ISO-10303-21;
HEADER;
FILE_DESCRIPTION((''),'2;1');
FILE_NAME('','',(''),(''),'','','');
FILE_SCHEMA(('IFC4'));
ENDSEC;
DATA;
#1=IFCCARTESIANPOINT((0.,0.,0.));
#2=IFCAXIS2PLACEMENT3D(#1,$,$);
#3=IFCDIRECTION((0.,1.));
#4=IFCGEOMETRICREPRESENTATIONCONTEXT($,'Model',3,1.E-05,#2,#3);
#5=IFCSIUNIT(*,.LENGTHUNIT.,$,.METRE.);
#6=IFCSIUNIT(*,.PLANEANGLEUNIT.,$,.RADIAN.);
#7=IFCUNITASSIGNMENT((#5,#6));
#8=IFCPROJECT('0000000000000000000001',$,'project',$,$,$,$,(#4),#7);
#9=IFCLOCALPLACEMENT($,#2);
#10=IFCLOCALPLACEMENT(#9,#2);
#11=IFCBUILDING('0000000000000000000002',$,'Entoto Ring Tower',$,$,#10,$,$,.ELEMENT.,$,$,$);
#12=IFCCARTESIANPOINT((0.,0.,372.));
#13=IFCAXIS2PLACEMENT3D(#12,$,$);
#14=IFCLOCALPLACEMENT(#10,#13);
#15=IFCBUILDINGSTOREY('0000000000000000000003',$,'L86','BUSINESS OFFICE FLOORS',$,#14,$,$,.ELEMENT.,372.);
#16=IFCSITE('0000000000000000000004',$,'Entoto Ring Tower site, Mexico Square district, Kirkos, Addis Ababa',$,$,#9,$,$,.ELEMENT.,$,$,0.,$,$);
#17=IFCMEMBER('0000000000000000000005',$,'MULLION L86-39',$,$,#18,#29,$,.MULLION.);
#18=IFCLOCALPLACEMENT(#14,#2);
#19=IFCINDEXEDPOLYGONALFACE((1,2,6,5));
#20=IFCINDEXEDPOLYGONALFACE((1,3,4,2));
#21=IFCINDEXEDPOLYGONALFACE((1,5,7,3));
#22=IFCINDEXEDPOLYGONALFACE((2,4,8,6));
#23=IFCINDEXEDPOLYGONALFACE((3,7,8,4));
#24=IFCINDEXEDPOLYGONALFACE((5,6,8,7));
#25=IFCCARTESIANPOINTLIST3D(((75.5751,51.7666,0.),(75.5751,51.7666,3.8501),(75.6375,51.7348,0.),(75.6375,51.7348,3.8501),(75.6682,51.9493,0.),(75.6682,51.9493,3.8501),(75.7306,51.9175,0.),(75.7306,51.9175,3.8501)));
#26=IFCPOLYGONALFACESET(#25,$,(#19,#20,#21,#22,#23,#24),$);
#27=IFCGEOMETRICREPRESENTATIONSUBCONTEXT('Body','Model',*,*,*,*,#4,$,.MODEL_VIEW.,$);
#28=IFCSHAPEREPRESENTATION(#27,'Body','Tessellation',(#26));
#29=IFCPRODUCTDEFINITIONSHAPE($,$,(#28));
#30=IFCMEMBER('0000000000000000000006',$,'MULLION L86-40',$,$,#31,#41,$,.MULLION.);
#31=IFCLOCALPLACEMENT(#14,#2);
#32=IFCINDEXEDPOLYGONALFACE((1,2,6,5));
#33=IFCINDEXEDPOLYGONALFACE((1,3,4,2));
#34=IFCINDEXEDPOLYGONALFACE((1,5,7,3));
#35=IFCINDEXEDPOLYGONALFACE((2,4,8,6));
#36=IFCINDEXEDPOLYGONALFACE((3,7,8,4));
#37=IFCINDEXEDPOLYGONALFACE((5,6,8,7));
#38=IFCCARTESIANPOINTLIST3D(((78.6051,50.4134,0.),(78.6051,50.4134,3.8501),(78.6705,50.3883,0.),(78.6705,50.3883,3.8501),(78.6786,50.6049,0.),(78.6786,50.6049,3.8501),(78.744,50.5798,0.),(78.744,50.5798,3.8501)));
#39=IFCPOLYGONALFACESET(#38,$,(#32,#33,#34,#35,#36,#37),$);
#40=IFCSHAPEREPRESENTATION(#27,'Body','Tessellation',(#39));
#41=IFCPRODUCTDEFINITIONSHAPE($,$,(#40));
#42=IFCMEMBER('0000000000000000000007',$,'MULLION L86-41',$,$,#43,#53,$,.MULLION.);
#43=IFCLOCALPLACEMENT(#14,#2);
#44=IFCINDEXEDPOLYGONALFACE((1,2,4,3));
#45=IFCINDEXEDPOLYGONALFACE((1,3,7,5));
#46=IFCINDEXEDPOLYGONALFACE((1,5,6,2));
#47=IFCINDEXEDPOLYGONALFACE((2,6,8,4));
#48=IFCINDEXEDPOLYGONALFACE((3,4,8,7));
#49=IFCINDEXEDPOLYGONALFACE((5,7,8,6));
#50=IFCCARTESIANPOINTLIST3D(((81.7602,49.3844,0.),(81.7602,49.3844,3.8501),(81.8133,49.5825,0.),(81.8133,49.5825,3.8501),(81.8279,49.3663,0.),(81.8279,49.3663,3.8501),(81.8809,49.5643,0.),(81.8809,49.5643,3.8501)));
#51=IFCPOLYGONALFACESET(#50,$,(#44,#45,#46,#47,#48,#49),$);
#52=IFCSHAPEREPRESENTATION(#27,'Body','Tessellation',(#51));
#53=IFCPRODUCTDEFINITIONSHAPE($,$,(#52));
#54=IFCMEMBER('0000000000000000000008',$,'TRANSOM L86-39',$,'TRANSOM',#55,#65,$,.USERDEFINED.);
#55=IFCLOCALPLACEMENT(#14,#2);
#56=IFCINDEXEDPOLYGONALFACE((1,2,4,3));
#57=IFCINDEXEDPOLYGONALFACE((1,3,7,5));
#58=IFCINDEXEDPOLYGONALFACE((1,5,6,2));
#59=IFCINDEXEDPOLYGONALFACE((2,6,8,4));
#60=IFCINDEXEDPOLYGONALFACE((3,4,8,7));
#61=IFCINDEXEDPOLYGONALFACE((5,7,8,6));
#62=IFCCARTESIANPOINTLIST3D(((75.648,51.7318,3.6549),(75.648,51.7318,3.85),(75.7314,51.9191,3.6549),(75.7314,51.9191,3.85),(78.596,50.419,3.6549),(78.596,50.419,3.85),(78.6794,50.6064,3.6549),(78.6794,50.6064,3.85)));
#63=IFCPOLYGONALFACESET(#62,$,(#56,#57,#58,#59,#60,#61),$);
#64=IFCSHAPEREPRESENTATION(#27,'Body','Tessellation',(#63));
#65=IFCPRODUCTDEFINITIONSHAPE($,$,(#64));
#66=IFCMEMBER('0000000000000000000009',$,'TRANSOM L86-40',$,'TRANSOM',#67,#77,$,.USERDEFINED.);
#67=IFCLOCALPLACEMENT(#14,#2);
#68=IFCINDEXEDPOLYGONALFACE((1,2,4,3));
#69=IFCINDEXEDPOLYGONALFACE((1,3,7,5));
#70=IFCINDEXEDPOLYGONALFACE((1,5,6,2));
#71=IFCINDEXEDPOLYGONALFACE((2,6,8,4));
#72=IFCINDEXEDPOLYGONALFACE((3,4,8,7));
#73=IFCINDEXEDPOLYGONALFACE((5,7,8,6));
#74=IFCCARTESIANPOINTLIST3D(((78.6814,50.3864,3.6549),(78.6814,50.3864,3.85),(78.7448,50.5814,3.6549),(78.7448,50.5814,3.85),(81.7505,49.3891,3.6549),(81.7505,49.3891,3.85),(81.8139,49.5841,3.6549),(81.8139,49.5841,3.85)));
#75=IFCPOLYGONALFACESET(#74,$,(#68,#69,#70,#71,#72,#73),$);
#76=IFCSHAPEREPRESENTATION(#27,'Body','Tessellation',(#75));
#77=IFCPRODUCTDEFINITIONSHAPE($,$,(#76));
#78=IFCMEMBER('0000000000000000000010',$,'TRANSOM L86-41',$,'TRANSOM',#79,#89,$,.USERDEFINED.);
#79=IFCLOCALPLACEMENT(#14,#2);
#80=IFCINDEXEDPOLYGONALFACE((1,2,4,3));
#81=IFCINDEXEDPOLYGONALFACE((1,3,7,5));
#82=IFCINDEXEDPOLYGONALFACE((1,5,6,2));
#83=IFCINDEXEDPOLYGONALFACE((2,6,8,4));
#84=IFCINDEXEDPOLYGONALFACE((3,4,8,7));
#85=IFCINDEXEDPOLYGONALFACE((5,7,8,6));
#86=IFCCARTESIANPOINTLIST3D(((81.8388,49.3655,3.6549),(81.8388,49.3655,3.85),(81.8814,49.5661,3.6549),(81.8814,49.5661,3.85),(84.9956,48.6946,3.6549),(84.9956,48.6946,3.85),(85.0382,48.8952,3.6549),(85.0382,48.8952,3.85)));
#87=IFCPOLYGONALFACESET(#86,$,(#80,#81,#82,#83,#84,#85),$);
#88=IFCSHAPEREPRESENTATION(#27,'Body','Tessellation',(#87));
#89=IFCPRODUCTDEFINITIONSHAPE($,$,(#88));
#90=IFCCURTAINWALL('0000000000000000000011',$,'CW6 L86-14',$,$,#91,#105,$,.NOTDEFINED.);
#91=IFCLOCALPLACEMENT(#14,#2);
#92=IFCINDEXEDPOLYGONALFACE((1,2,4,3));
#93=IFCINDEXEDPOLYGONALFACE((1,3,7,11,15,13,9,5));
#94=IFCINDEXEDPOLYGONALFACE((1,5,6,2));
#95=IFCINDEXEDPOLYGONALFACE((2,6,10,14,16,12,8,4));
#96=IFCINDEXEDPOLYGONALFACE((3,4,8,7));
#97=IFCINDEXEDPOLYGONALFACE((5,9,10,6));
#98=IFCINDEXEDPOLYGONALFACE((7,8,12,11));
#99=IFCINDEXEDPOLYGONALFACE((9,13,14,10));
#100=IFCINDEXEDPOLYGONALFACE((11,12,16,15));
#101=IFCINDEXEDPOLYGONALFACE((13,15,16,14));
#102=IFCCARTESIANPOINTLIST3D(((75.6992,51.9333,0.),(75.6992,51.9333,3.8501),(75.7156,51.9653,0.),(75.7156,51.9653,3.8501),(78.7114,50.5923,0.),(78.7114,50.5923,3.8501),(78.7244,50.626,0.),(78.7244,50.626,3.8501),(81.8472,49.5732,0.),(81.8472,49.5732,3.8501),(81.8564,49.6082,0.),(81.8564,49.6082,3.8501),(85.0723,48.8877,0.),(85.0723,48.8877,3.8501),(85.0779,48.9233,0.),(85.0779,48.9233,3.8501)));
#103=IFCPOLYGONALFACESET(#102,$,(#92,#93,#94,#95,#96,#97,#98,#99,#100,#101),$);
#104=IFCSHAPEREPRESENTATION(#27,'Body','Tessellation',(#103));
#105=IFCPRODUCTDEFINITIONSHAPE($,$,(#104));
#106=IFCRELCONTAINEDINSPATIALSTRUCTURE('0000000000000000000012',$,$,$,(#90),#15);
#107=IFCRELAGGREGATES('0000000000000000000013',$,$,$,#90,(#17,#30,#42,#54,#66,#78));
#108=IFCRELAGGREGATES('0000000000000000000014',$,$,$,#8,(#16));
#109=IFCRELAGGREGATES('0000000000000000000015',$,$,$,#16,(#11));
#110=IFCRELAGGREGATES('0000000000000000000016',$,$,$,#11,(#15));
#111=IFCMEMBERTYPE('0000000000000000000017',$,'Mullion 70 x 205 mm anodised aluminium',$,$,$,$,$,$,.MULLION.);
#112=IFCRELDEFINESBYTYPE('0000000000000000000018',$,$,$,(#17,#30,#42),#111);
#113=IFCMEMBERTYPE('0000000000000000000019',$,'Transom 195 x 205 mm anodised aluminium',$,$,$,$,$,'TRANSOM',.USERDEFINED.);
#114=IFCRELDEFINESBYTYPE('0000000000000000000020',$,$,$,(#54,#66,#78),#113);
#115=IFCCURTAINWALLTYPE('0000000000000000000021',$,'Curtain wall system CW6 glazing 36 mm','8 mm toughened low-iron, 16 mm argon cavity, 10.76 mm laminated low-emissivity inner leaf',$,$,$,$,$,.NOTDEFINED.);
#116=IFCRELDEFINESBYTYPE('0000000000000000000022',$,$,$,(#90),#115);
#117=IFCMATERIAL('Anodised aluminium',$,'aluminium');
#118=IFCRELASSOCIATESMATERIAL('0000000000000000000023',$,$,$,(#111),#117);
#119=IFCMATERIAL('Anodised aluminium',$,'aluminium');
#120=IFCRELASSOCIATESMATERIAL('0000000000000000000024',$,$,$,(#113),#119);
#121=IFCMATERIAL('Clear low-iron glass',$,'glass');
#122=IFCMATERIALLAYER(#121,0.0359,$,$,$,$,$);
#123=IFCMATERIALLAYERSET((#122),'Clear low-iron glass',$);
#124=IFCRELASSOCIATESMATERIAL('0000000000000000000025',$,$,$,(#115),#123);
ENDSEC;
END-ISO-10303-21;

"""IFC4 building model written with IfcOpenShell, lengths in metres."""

from ifc_helpers import new_model, si_unit, direction, frame, origin, origin_2d, place, context, subcontext, project, spatial, polyline, rectangle, outline, extrude, material, layer, layer_set, material_profile, profile_set, type_object, element, aggregate, save


model = new_model("IFC4")

# Units and contexts
model_context = context("Model", 3, precision=1e-05, world=origin(), true_north=direction((0.0, 1.0)))
body_context = subcontext(model_context, "Body", "Model", "MODEL_VIEW")
ifc_project = project(units=[si_unit("LENGTHUNIT", "METRE"), si_unit("PLANEANGLEUNIT", "RADIAN")], contexts=[model_context])

# Members
ifc_material_1 = material(Name="Anodised aluminium", Category="aluminium")
ifc_material_profile_1 = material_profile(ifc_material_1, rectangle(XDim=0.0701, YDim=0.2051, at=origin_2d()), Name="Mullion 70 x 205 mm anodised aluminium")
ifc_profile_set_1 = profile_set([ifc_material_profile_1], Name="Anodised aluminium")
member_type_1 = type_object("IfcMemberType", Name="Mullion 70 x 205 mm anodised aluminium", PredefinedType="MULLION", material=ifc_profile_set_1)
site_placement = place(None, origin())
building_placement = place(site_placement, origin())
storey_placement = place(building_placement, frame((0.0, 0.0, 372.0)))
member_1_placement = place(storey_placement, frame((75.6528, 51.842, 0.0), z_axis=(0.0, 0.0, 1.0), x_axis=(0.891007, -0.45399, 0.0)))
member_1 = element("IfcMember", 1, at=member_1_placement, type_object=member_type_1, Name="MULLION L86-39", PredefinedType="MULLION", context=body_context, shape_type="SweptSolid", body=[
    extrude(rectangle(XDim=0.0701, YDim=0.2051, at=origin_2d()), origin(), (0.0, 0.0, 1.0), 3.8501),
])
member_2_placement = place(storey_placement, frame((78.6746, 50.4966, 0.0), z_axis=(0.0, 0.0, 1.0), x_axis=(0.93358, -0.358368, 0.0)))
member_2 = element("IfcMember", 2, at=member_2_placement, type_object=member_type_1, Name="MULLION L86-40", PredefinedType="MULLION", context=body_context, shape_type="SweptSolid", body=[
    extrude(rectangle(XDim=0.0701, YDim=0.2051, at=origin_2d()), origin(), (0.0, 0.0, 1.0), 3.8501),
])
member_3_placement = place(storey_placement, frame((81.8206, 49.4744, 0.0), z_axis=(0.0, 0.0, 1.0), x_axis=(0.965926, -0.258819, 0.0)))
member_3 = element("IfcMember", 3, at=member_3_placement, type_object=member_type_1, Name="MULLION L86-41", PredefinedType="MULLION", context=body_context, shape_type="SweptSolid", body=[
    extrude(rectangle(XDim=0.0701, YDim=0.2051, at=origin_2d()), origin(), (0.0, 0.0, 1.0), 3.8501),
])
ifc_material_2 = material(Name="Anodised aluminium", Category="aluminium")
ifc_material_profile_2 = material_profile(ifc_material_2, rectangle(XDim=0.2051, YDim=0.1951, at=origin_2d()), Name="Transom 195 x 205 mm anodised aluminium")
ifc_profile_set_2 = profile_set([ifc_material_profile_2], Name="Anodised aluminium")
member_type_2 = type_object("IfcMemberType", Name="Transom 195 x 205 mm anodised aluminium", ElementType="TRANSOM", PredefinedType="USERDEFINED", material=ifc_profile_set_2)
member_4_placement = place(storey_placement, frame((75.6897, 51.8254, 3.7524), z_axis=(0.913521, -0.406791, 0.0), x_axis=(0.406791, 0.913521, 0.0)))
member_4 = element("IfcMember", 4, at=member_4_placement, type_object=member_type_2, Name="TRANSOM L86-39", ObjectType="TRANSOM", PredefinedType="USERDEFINED", context=body_context, shape_type="SweptSolid", body=[
    extrude(rectangle(XDim=0.2051, YDim=0.1951, at=origin_2d()), origin(), (0.0, 0.0, 1.0), 3.2271),
])
member_5_placement = place(storey_placement, frame((78.7131, 50.4839, 3.7524), z_axis=(0.951047, -0.309047, 0.0), x_axis=(0.309047, 0.951047, 0.0)))
member_5 = element("IfcMember", 5, at=member_5_placement, type_object=member_type_2, Name="TRANSOM L86-40", ObjectType="TRANSOM", PredefinedType="USERDEFINED", context=body_context, shape_type="SweptSolid", body=[
    extrude(rectangle(XDim=0.2051, YDim=0.1951, at=origin_2d()), origin(), (0.0, 0.0, 1.0), 3.2271),
])
member_6_placement = place(storey_placement, frame((81.8601, 49.4658, 3.7524), z_axis=(0.978153, -0.207886, 0.0), x_axis=(0.207886, 0.978153, 0.0)))
member_6 = element("IfcMember", 6, at=member_6_placement, type_object=member_type_2, Name="TRANSOM L86-41", ObjectType="TRANSOM", PredefinedType="USERDEFINED", context=body_context, shape_type="SweptSolid", body=[
    extrude(rectangle(XDim=0.2051, YDim=0.1951, at=origin_2d()), origin(), (0.0, 0.0, 1.0), 3.2273),
])

# Site, building, storey
site = spatial("IfcSite", under=ifc_project, at=site_placement, Name="Entoto Ring Tower site, Mexico Square district, Kirkos, Addis Ababa", CompositionType="ELEMENT", RefElevation=0.0)
building = spatial("IfcBuilding", under=site, at=building_placement, Name="Entoto Ring Tower", CompositionType="ELEMENT")
storey = spatial("IfcBuildingStorey", under=building, at=storey_placement, Name="L86", Description="BUSINESS OFFICE FLOORS", CompositionType="ELEMENT", Elevation=372.0)

# Curtain wall
ifc_material_3 = material(Name="Clear low-iron glass", Category="glass")
ifc_layer = layer(ifc_material_3, 0.0359)
ifc_layer_set = layer_set([ifc_layer], Name="Clear low-iron glass")
curtain_wall_type = type_object("IfcCurtainWallType", Name="Curtain wall system CW6 glazing 36 mm", Description="8 mm toughened low-iron, 16 mm argon cavity, 10.76 mm laminated low-emissivity inner leaf", PredefinedType="NOTDEFINED", material=ifc_layer_set)
curtain_wall_1_placement = place(storey_placement, origin())
curtain_wall_1 = element("IfcCurtainWall", 7, at=curtain_wall_1_placement, inside=storey, type_object=curtain_wall_type, Name="CW6 L86-14", PredefinedType="NOTDEFINED", context=body_context, shape_type="SweptSolid", body=[
    extrude(outline(polyline([(75.6992, 51.9333), (78.7114, 50.5923), (81.8472, 49.5732), (85.0723, 48.8877), (85.0779, 48.9233), (81.8564, 49.6082), (78.7244, 50.626), (75.7156, 51.9653), (75.6992, 51.9333)])), origin(), (0.0, 0.0, 1.0), 3.8501),
])
aggregate(curtain_wall_1, [member_1, member_2, member_3, member_4, member_5, member_6])

save(model, "model.ifc")
